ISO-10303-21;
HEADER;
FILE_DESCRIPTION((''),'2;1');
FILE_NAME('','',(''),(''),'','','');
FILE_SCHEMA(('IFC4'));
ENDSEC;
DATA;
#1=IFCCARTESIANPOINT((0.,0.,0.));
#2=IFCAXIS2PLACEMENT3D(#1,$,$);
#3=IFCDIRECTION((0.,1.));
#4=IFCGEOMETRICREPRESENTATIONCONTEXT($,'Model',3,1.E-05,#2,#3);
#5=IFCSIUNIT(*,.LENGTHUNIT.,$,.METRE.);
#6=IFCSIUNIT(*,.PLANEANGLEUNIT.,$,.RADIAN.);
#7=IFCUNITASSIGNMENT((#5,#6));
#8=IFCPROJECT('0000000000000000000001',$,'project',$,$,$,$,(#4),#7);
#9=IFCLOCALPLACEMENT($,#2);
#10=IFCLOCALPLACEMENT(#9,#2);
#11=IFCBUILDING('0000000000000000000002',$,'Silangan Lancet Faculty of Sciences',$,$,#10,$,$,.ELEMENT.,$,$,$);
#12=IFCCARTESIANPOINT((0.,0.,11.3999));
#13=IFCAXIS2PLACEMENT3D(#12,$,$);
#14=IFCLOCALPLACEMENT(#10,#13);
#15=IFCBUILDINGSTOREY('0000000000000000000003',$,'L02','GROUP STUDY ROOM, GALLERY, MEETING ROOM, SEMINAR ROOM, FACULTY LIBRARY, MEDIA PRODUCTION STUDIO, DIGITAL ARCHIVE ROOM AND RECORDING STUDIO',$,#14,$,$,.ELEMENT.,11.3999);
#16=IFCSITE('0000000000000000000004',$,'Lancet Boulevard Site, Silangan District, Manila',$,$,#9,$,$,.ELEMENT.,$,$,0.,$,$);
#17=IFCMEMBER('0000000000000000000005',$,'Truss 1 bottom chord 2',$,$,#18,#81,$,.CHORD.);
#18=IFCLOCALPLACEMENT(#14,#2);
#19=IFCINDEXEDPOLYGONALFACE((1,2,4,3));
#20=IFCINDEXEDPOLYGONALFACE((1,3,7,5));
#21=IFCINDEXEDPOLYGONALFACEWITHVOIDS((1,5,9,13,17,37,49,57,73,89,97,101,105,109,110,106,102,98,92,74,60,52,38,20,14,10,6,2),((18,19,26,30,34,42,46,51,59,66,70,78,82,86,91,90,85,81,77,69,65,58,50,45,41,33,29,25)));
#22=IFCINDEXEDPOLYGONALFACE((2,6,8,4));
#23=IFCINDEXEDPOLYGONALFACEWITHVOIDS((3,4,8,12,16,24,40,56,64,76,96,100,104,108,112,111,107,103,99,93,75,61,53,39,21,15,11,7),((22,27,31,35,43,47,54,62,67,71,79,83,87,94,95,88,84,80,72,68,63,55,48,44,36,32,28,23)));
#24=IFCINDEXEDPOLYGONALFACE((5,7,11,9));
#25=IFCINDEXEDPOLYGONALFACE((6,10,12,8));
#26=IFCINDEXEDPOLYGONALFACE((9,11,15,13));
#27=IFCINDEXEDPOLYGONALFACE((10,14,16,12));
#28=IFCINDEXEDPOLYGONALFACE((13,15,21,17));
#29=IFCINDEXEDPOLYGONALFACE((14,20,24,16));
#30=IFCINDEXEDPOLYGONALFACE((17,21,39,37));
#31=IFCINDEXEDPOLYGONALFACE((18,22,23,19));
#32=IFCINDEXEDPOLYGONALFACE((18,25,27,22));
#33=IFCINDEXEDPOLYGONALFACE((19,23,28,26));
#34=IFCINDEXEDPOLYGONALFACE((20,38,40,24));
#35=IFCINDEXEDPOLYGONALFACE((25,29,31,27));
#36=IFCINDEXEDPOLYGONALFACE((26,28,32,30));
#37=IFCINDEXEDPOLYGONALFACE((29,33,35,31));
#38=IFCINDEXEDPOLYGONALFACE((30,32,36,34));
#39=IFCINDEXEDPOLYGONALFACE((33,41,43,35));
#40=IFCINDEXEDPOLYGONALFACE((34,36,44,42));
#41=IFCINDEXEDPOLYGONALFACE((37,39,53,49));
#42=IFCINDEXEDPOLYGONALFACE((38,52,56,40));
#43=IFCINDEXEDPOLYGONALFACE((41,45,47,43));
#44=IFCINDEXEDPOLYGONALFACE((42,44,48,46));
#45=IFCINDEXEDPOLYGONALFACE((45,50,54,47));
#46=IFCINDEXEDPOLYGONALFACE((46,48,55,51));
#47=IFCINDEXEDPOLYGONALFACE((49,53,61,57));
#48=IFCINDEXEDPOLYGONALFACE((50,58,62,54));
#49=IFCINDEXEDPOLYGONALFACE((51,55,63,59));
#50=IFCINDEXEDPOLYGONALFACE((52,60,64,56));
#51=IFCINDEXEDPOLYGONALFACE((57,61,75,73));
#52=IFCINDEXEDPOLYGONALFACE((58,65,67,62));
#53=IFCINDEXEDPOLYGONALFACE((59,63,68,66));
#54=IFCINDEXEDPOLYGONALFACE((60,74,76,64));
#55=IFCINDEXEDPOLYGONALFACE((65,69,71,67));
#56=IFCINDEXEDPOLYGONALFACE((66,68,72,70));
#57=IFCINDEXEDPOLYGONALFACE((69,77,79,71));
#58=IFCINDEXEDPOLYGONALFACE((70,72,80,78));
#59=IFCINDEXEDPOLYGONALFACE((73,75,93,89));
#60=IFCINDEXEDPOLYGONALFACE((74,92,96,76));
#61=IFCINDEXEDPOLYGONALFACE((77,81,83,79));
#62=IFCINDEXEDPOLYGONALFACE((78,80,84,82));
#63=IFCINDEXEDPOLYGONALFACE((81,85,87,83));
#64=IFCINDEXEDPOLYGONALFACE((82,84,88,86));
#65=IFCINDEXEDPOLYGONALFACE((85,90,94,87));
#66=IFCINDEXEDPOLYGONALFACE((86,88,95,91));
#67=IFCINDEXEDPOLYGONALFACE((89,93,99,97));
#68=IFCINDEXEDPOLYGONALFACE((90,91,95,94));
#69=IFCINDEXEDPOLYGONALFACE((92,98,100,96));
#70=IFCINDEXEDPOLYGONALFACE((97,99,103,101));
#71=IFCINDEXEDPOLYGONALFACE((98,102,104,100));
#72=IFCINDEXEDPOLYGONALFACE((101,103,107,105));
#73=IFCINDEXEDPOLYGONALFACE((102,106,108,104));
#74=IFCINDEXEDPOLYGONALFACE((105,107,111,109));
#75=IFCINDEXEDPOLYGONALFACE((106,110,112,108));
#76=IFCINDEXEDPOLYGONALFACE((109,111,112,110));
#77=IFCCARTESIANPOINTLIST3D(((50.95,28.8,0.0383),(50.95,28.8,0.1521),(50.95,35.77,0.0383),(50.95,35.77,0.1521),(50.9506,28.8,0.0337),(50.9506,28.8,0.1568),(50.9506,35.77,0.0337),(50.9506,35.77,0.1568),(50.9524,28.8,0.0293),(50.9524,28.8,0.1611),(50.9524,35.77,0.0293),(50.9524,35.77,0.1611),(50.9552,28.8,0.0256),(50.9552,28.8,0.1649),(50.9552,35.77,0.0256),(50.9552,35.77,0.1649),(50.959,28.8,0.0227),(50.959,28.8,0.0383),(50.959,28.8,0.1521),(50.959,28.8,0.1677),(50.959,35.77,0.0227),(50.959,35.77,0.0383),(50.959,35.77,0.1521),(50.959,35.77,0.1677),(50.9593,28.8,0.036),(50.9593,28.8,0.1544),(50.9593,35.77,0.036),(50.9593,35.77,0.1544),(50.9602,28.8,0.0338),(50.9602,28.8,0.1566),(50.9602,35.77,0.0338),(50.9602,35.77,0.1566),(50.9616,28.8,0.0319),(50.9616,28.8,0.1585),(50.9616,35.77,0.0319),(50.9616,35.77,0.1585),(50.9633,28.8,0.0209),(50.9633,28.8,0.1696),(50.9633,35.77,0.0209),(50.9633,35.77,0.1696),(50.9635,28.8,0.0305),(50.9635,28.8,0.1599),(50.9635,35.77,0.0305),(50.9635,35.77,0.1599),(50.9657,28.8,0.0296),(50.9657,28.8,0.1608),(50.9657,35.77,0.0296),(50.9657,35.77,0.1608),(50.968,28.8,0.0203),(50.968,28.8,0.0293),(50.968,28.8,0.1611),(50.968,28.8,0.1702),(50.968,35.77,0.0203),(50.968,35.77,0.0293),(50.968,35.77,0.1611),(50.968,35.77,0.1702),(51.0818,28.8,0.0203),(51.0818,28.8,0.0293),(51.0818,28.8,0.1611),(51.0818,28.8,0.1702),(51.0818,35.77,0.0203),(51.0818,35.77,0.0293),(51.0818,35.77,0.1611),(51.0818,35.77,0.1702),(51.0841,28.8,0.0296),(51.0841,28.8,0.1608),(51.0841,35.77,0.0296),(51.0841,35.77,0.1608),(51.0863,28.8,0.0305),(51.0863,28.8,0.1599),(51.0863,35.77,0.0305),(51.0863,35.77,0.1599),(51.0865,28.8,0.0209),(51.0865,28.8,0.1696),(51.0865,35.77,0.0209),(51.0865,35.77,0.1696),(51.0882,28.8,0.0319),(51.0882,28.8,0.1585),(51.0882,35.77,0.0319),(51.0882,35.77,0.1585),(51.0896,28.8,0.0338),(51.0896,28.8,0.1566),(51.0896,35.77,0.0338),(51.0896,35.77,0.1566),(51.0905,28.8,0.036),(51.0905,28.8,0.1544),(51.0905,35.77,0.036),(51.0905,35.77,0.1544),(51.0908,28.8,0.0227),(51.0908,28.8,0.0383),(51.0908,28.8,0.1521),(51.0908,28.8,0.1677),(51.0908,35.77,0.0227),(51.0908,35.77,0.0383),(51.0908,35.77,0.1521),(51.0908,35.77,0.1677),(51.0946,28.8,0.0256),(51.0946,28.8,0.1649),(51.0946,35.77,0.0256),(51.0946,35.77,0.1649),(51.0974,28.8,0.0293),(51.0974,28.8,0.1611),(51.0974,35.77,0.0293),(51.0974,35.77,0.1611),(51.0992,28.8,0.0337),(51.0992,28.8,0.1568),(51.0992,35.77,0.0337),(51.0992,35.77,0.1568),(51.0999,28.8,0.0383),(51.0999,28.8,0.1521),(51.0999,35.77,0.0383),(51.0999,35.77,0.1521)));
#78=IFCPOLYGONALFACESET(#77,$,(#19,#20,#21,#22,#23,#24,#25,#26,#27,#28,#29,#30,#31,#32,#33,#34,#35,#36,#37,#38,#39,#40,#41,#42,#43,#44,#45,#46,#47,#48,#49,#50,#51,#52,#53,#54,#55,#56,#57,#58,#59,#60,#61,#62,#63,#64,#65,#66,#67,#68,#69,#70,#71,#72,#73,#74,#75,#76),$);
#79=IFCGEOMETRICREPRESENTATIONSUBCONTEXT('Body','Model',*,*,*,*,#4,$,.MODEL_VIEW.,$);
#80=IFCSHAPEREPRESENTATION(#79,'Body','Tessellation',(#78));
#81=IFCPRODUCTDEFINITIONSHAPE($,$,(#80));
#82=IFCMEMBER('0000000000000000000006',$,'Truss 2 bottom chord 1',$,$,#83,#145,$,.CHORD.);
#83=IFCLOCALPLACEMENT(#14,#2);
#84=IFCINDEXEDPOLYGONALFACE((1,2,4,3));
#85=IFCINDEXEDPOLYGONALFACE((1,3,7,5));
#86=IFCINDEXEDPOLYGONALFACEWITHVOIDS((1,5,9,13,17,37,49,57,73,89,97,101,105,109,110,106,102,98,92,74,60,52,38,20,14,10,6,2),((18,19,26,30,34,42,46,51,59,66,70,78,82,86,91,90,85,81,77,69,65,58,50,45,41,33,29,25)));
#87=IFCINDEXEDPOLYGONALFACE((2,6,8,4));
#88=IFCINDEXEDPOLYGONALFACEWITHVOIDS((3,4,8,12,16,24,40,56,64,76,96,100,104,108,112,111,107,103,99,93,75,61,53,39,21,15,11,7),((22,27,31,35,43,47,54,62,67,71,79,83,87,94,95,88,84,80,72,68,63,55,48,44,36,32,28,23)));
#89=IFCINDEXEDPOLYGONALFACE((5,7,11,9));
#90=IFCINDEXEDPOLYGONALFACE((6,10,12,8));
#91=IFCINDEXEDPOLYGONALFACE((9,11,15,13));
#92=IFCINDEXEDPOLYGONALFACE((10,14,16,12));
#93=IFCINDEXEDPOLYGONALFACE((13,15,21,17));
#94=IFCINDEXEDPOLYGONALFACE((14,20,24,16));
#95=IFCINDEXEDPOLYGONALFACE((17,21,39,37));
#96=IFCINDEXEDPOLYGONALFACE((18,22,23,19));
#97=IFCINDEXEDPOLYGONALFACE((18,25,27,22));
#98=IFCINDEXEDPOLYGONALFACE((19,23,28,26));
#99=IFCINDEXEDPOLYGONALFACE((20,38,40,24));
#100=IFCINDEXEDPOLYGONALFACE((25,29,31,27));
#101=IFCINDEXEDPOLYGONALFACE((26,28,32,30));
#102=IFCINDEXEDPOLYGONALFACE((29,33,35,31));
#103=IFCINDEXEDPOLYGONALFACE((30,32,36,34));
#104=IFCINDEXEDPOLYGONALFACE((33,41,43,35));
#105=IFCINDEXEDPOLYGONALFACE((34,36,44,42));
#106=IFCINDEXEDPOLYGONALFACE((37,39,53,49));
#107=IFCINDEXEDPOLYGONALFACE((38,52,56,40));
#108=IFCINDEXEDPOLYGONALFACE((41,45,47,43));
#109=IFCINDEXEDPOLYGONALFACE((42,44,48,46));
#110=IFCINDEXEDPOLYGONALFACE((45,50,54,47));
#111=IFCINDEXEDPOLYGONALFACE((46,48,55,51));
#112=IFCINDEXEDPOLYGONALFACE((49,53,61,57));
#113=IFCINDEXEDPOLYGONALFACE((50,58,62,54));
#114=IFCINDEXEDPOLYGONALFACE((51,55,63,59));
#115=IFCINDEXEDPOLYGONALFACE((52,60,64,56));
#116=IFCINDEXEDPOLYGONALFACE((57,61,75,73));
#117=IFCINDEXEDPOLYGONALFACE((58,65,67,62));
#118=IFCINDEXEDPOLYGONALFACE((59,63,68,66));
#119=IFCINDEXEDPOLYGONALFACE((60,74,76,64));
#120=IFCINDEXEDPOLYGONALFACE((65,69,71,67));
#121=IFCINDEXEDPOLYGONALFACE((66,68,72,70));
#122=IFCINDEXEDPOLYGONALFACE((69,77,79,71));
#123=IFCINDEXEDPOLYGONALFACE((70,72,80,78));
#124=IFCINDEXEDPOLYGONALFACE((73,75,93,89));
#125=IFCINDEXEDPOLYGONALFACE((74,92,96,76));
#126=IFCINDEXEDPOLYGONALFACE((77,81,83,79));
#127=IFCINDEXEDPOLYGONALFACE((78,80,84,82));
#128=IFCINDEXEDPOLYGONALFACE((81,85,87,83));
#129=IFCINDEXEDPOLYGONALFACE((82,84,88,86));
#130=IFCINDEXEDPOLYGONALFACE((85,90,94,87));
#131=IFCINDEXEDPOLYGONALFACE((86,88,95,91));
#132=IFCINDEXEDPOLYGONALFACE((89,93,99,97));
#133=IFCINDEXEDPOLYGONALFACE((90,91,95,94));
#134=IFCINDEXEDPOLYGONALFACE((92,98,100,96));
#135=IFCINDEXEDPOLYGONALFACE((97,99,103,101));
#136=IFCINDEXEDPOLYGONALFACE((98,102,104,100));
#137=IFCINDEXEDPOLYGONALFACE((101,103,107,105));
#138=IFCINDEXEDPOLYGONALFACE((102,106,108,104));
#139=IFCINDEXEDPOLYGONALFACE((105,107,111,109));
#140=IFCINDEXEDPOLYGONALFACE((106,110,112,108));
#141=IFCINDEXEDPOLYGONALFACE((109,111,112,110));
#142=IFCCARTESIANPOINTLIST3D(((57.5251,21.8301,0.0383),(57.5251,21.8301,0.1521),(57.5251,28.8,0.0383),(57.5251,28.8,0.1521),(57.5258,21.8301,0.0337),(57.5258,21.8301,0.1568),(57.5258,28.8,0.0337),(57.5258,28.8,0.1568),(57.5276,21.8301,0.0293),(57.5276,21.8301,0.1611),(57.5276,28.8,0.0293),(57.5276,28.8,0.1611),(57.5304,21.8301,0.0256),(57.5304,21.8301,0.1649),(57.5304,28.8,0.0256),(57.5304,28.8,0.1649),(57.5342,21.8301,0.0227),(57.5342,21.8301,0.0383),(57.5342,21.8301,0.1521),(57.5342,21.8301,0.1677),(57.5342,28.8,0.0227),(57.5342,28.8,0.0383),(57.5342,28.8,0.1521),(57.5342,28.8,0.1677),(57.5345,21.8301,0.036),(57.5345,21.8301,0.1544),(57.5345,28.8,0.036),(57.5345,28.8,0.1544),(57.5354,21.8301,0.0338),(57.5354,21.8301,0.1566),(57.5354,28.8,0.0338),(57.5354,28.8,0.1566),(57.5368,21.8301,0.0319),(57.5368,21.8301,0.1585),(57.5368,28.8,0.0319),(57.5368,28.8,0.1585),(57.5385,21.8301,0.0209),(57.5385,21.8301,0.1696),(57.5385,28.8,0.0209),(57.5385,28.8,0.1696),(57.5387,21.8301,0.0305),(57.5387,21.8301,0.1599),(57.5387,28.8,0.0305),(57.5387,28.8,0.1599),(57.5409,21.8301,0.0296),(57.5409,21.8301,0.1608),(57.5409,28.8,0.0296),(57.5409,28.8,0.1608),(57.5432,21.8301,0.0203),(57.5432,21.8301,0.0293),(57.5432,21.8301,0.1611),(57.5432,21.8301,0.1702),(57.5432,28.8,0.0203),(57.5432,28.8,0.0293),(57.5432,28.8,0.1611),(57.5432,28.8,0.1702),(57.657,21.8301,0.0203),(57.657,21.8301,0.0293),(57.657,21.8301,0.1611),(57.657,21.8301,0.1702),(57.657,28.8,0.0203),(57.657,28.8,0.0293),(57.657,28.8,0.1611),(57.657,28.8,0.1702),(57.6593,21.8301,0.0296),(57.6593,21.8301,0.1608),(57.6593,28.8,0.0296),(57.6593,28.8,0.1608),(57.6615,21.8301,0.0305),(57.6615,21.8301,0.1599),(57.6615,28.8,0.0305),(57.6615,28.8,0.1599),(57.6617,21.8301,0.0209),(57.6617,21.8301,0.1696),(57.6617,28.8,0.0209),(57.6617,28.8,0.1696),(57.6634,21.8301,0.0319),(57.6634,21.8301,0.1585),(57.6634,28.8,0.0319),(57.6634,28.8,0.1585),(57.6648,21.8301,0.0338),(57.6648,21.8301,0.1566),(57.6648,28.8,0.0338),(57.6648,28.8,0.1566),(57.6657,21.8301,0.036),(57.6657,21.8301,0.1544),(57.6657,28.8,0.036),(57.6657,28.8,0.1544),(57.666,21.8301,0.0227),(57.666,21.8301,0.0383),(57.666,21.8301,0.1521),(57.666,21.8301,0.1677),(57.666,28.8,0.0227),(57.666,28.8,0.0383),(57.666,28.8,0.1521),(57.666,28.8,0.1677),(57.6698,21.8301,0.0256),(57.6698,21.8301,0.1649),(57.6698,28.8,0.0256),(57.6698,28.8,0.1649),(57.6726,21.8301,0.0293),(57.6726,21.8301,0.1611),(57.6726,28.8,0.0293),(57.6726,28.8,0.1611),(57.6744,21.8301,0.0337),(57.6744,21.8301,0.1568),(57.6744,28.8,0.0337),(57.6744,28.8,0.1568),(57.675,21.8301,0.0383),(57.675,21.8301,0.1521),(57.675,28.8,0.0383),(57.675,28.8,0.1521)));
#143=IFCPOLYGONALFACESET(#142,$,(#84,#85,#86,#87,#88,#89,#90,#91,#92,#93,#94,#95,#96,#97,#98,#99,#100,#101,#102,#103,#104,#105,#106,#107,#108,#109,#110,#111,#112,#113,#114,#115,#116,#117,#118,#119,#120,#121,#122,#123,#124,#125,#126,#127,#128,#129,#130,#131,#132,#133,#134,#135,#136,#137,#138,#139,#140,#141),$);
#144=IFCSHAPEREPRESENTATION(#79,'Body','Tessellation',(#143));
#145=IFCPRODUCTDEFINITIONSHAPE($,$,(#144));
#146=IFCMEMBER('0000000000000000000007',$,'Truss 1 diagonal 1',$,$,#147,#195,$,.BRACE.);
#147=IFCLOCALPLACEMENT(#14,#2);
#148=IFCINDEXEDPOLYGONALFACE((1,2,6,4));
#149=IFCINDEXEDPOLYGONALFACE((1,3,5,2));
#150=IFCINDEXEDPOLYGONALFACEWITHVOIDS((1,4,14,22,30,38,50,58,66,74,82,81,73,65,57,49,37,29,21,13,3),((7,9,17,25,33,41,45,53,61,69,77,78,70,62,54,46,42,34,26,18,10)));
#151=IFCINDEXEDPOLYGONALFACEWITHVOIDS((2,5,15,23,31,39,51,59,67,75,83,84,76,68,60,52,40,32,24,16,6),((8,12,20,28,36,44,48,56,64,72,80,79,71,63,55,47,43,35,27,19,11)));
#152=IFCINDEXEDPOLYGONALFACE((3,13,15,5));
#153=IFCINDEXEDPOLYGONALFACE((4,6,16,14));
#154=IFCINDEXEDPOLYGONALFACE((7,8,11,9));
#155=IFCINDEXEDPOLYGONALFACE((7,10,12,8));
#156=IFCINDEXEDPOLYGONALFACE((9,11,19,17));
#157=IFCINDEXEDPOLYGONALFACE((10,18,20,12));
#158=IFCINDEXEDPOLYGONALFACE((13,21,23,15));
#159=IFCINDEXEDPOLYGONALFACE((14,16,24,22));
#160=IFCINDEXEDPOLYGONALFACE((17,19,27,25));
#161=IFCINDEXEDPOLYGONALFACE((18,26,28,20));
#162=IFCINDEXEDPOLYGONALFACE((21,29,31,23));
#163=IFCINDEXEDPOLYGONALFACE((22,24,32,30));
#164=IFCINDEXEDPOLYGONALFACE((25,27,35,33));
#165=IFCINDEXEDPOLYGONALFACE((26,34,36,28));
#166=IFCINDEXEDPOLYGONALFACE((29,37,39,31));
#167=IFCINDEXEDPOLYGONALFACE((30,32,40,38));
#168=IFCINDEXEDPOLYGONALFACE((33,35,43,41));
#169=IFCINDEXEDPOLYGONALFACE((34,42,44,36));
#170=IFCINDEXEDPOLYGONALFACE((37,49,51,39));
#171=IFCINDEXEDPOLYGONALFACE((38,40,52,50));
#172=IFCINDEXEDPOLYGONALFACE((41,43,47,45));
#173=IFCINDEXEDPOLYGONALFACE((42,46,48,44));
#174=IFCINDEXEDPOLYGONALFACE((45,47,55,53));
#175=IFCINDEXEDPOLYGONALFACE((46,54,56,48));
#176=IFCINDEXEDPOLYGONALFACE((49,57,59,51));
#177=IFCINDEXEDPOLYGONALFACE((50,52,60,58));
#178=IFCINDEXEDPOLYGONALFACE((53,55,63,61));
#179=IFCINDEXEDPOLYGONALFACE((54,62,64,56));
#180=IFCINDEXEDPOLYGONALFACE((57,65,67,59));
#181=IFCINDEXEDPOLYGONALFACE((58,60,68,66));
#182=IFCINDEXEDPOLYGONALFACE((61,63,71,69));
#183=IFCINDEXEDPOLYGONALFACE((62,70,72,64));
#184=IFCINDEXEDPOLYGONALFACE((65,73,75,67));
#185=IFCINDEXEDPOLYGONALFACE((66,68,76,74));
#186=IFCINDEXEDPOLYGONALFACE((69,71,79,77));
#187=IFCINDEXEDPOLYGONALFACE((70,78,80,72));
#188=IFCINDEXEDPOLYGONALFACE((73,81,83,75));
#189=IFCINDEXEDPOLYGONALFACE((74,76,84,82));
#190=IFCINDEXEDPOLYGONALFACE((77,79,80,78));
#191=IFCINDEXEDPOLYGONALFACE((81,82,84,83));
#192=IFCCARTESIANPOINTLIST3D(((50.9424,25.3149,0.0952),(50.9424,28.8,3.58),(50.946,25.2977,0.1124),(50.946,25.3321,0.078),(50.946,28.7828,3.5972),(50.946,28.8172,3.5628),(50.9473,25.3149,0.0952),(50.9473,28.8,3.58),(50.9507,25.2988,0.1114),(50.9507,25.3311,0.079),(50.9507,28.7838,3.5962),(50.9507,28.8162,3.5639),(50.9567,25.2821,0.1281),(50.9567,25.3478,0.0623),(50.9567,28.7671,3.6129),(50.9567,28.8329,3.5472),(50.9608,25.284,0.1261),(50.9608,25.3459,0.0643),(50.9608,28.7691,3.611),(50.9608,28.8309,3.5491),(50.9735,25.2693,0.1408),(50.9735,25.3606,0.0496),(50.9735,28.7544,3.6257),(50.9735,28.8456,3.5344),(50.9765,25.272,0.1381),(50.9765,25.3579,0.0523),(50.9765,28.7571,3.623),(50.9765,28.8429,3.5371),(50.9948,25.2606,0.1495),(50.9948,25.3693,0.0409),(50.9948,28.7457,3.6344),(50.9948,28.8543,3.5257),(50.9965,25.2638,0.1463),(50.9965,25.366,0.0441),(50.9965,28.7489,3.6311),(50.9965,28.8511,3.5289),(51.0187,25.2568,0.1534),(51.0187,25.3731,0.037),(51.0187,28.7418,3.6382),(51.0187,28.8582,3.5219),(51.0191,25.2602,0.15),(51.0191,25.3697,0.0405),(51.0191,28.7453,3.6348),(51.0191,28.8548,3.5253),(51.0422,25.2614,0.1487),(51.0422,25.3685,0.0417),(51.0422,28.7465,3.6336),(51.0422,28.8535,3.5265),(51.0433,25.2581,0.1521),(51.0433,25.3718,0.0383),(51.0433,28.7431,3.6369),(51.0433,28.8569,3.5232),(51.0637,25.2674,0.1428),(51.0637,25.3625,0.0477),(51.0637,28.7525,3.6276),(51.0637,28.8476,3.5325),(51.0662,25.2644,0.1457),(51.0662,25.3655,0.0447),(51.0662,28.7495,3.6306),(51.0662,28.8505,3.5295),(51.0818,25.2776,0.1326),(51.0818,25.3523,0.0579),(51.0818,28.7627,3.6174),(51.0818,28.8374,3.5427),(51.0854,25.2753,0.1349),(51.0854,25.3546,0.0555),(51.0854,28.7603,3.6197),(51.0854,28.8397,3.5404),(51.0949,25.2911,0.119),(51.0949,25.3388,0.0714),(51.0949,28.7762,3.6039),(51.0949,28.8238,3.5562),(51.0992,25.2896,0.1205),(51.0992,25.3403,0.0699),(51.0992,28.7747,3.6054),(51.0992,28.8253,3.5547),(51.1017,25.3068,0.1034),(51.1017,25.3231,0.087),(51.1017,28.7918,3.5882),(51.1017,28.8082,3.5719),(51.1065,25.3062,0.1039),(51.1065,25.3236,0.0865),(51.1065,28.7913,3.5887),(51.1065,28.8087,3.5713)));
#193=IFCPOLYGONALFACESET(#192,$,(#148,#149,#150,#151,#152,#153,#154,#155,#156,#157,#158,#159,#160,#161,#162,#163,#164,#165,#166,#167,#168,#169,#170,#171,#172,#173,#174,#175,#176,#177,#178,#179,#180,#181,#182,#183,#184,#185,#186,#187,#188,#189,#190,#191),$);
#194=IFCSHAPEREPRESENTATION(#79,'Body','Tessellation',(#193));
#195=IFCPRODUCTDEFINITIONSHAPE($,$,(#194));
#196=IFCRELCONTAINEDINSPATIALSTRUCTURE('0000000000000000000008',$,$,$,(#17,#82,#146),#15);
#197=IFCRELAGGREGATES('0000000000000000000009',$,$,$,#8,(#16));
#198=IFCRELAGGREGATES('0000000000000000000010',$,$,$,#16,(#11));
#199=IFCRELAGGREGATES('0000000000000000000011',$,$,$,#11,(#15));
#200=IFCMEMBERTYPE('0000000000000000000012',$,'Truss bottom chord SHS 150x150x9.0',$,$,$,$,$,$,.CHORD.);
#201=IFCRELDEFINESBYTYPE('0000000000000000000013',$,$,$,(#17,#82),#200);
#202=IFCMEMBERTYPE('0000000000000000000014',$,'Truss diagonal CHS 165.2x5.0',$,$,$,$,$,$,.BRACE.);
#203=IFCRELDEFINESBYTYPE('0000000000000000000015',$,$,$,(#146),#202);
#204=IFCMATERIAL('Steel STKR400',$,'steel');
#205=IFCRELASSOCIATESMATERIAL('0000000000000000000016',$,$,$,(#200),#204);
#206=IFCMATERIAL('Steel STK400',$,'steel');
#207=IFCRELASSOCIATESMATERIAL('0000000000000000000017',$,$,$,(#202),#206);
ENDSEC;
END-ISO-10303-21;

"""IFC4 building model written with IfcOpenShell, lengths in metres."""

from ifc_helpers import new_model, si_unit, direction, frame, origin, origin_2d, place, context, subcontext, project, spatial, hollow_rectangle, hollow_circle, extrude, material, material_profile, profile_set, type_object, element, save


model = new_model("IFC4")

# Units and contexts
model_context = context("Model", 3, precision=1e-05, world=origin(), true_north=direction((0.0, 1.0)))
body_context = subcontext(model_context, "Body", "Model", "MODEL_VIEW")
ifc_project = project(units=[si_unit("LENGTHUNIT", "METRE"), si_unit("PLANEANGLEUNIT", "RADIAN")], contexts=[model_context])

# Site, building, storey
site_placement = place(None, origin())
site = spatial("IfcSite", under=ifc_project, at=site_placement, Name="Lancet Boulevard Site, Silangan District, Manila", CompositionType="ELEMENT", RefElevation=0.0)
building_placement = place(site_placement, origin())
building = spatial("IfcBuilding", under=site, at=building_placement, Name="Silangan Lancet Faculty of Sciences", CompositionType="ELEMENT")
storey_placement = place(building_placement, frame((0.0, 0.0, 11.3999)))
storey = spatial("IfcBuildingStorey", under=building, at=storey_placement, Name="L02", Description="GROUP STUDY ROOM, GALLERY, MEETING ROOM, SEMINAR ROOM, FACULTY LIBRARY, MEDIA PRODUCTION STUDIO, DIGITAL ARCHIVE ROOM AND RECORDING STUDIO", CompositionType="ELEMENT", Elevation=11.3999)

# Members
ifc_material_1 = material(Name="Steel STKR400", Category="steel")
ifc_material_profile_1 = material_profile(ifc_material_1, hollow_rectangle(XDim=0.1499, YDim=0.1499, WallThickness=0.009, InnerFilletRadius=0.009, OuterFilletRadius=0.0181, at=origin_2d()), Name="SHS 150x150x9.0")
ifc_profile_set_1 = profile_set([ifc_material_profile_1], Name="Steel STKR400")
member_type_1 = type_object("IfcMemberType", Name="Truss bottom chord SHS 150x150x9.0", PredefinedType="CHORD", material=ifc_profile_set_1)
for number, where, z_axis, x_axis, name in (
    (1, (51.0249, 28.8, 0.0952), (0.0, 1.0, 0.0), (-1.0, 0.0, 0.0), "Truss 1 bottom chord 2"),
    (2, (57.6001, 21.8301, 0.0952), (0.0, 1.0, 0.0), (-1.0, 0.0, 0.0), "Truss 2 bottom chord 1"),
):
    element("IfcMember", number, at=place(storey_placement, frame(where, z_axis=z_axis, x_axis=x_axis)), inside=storey, type_object=member_type_1, Name=name, PredefinedType="CHORD", context=body_context, shape_type="SweptSolid", body=[
        extrude(hollow_rectangle(XDim=0.1499, YDim=0.1499, WallThickness=0.009, InnerFilletRadius=0.009, OuterFilletRadius=0.0181, at=origin_2d()), origin(), (0.0, 0.0, 1.0), 6.97),
    ])
ifc_material_2 = material(Name="Steel STK400", Category="steel")
ifc_material_profile_2 = material_profile(ifc_material_2, hollow_circle(Radius=0.0825, WallThickness=0.0049, at=origin_2d()), Name="CHS 165.2x5.0")
ifc_profile_set_2 = profile_set([ifc_material_profile_2], Name="Steel STK400")
member_type_2 = type_object("IfcMemberType", Name="Truss diagonal CHS 165.2x5.0", PredefinedType="BRACE", material=ifc_profile_set_2)
member_1_placement = place(storey_placement, frame((51.0249, 25.3149, 0.0952), z_axis=(0.0, 0.707132, 0.707082), x_axis=(-1.0, 0.0, 0.0)))
element("IfcMember", 3, at=member_1_placement, inside=storey, type_object=member_type_2, Name="Truss 1 diagonal 1", PredefinedType="BRACE", context=body_context, shape_type="SweptSolid", body=[
    extrude(hollow_circle(Radius=0.0825, WallThickness=0.0049, at=origin_2d()), origin(), (0.0, 0.0, 1.0), 4.9285),
])

save(model, "model.ifc")
